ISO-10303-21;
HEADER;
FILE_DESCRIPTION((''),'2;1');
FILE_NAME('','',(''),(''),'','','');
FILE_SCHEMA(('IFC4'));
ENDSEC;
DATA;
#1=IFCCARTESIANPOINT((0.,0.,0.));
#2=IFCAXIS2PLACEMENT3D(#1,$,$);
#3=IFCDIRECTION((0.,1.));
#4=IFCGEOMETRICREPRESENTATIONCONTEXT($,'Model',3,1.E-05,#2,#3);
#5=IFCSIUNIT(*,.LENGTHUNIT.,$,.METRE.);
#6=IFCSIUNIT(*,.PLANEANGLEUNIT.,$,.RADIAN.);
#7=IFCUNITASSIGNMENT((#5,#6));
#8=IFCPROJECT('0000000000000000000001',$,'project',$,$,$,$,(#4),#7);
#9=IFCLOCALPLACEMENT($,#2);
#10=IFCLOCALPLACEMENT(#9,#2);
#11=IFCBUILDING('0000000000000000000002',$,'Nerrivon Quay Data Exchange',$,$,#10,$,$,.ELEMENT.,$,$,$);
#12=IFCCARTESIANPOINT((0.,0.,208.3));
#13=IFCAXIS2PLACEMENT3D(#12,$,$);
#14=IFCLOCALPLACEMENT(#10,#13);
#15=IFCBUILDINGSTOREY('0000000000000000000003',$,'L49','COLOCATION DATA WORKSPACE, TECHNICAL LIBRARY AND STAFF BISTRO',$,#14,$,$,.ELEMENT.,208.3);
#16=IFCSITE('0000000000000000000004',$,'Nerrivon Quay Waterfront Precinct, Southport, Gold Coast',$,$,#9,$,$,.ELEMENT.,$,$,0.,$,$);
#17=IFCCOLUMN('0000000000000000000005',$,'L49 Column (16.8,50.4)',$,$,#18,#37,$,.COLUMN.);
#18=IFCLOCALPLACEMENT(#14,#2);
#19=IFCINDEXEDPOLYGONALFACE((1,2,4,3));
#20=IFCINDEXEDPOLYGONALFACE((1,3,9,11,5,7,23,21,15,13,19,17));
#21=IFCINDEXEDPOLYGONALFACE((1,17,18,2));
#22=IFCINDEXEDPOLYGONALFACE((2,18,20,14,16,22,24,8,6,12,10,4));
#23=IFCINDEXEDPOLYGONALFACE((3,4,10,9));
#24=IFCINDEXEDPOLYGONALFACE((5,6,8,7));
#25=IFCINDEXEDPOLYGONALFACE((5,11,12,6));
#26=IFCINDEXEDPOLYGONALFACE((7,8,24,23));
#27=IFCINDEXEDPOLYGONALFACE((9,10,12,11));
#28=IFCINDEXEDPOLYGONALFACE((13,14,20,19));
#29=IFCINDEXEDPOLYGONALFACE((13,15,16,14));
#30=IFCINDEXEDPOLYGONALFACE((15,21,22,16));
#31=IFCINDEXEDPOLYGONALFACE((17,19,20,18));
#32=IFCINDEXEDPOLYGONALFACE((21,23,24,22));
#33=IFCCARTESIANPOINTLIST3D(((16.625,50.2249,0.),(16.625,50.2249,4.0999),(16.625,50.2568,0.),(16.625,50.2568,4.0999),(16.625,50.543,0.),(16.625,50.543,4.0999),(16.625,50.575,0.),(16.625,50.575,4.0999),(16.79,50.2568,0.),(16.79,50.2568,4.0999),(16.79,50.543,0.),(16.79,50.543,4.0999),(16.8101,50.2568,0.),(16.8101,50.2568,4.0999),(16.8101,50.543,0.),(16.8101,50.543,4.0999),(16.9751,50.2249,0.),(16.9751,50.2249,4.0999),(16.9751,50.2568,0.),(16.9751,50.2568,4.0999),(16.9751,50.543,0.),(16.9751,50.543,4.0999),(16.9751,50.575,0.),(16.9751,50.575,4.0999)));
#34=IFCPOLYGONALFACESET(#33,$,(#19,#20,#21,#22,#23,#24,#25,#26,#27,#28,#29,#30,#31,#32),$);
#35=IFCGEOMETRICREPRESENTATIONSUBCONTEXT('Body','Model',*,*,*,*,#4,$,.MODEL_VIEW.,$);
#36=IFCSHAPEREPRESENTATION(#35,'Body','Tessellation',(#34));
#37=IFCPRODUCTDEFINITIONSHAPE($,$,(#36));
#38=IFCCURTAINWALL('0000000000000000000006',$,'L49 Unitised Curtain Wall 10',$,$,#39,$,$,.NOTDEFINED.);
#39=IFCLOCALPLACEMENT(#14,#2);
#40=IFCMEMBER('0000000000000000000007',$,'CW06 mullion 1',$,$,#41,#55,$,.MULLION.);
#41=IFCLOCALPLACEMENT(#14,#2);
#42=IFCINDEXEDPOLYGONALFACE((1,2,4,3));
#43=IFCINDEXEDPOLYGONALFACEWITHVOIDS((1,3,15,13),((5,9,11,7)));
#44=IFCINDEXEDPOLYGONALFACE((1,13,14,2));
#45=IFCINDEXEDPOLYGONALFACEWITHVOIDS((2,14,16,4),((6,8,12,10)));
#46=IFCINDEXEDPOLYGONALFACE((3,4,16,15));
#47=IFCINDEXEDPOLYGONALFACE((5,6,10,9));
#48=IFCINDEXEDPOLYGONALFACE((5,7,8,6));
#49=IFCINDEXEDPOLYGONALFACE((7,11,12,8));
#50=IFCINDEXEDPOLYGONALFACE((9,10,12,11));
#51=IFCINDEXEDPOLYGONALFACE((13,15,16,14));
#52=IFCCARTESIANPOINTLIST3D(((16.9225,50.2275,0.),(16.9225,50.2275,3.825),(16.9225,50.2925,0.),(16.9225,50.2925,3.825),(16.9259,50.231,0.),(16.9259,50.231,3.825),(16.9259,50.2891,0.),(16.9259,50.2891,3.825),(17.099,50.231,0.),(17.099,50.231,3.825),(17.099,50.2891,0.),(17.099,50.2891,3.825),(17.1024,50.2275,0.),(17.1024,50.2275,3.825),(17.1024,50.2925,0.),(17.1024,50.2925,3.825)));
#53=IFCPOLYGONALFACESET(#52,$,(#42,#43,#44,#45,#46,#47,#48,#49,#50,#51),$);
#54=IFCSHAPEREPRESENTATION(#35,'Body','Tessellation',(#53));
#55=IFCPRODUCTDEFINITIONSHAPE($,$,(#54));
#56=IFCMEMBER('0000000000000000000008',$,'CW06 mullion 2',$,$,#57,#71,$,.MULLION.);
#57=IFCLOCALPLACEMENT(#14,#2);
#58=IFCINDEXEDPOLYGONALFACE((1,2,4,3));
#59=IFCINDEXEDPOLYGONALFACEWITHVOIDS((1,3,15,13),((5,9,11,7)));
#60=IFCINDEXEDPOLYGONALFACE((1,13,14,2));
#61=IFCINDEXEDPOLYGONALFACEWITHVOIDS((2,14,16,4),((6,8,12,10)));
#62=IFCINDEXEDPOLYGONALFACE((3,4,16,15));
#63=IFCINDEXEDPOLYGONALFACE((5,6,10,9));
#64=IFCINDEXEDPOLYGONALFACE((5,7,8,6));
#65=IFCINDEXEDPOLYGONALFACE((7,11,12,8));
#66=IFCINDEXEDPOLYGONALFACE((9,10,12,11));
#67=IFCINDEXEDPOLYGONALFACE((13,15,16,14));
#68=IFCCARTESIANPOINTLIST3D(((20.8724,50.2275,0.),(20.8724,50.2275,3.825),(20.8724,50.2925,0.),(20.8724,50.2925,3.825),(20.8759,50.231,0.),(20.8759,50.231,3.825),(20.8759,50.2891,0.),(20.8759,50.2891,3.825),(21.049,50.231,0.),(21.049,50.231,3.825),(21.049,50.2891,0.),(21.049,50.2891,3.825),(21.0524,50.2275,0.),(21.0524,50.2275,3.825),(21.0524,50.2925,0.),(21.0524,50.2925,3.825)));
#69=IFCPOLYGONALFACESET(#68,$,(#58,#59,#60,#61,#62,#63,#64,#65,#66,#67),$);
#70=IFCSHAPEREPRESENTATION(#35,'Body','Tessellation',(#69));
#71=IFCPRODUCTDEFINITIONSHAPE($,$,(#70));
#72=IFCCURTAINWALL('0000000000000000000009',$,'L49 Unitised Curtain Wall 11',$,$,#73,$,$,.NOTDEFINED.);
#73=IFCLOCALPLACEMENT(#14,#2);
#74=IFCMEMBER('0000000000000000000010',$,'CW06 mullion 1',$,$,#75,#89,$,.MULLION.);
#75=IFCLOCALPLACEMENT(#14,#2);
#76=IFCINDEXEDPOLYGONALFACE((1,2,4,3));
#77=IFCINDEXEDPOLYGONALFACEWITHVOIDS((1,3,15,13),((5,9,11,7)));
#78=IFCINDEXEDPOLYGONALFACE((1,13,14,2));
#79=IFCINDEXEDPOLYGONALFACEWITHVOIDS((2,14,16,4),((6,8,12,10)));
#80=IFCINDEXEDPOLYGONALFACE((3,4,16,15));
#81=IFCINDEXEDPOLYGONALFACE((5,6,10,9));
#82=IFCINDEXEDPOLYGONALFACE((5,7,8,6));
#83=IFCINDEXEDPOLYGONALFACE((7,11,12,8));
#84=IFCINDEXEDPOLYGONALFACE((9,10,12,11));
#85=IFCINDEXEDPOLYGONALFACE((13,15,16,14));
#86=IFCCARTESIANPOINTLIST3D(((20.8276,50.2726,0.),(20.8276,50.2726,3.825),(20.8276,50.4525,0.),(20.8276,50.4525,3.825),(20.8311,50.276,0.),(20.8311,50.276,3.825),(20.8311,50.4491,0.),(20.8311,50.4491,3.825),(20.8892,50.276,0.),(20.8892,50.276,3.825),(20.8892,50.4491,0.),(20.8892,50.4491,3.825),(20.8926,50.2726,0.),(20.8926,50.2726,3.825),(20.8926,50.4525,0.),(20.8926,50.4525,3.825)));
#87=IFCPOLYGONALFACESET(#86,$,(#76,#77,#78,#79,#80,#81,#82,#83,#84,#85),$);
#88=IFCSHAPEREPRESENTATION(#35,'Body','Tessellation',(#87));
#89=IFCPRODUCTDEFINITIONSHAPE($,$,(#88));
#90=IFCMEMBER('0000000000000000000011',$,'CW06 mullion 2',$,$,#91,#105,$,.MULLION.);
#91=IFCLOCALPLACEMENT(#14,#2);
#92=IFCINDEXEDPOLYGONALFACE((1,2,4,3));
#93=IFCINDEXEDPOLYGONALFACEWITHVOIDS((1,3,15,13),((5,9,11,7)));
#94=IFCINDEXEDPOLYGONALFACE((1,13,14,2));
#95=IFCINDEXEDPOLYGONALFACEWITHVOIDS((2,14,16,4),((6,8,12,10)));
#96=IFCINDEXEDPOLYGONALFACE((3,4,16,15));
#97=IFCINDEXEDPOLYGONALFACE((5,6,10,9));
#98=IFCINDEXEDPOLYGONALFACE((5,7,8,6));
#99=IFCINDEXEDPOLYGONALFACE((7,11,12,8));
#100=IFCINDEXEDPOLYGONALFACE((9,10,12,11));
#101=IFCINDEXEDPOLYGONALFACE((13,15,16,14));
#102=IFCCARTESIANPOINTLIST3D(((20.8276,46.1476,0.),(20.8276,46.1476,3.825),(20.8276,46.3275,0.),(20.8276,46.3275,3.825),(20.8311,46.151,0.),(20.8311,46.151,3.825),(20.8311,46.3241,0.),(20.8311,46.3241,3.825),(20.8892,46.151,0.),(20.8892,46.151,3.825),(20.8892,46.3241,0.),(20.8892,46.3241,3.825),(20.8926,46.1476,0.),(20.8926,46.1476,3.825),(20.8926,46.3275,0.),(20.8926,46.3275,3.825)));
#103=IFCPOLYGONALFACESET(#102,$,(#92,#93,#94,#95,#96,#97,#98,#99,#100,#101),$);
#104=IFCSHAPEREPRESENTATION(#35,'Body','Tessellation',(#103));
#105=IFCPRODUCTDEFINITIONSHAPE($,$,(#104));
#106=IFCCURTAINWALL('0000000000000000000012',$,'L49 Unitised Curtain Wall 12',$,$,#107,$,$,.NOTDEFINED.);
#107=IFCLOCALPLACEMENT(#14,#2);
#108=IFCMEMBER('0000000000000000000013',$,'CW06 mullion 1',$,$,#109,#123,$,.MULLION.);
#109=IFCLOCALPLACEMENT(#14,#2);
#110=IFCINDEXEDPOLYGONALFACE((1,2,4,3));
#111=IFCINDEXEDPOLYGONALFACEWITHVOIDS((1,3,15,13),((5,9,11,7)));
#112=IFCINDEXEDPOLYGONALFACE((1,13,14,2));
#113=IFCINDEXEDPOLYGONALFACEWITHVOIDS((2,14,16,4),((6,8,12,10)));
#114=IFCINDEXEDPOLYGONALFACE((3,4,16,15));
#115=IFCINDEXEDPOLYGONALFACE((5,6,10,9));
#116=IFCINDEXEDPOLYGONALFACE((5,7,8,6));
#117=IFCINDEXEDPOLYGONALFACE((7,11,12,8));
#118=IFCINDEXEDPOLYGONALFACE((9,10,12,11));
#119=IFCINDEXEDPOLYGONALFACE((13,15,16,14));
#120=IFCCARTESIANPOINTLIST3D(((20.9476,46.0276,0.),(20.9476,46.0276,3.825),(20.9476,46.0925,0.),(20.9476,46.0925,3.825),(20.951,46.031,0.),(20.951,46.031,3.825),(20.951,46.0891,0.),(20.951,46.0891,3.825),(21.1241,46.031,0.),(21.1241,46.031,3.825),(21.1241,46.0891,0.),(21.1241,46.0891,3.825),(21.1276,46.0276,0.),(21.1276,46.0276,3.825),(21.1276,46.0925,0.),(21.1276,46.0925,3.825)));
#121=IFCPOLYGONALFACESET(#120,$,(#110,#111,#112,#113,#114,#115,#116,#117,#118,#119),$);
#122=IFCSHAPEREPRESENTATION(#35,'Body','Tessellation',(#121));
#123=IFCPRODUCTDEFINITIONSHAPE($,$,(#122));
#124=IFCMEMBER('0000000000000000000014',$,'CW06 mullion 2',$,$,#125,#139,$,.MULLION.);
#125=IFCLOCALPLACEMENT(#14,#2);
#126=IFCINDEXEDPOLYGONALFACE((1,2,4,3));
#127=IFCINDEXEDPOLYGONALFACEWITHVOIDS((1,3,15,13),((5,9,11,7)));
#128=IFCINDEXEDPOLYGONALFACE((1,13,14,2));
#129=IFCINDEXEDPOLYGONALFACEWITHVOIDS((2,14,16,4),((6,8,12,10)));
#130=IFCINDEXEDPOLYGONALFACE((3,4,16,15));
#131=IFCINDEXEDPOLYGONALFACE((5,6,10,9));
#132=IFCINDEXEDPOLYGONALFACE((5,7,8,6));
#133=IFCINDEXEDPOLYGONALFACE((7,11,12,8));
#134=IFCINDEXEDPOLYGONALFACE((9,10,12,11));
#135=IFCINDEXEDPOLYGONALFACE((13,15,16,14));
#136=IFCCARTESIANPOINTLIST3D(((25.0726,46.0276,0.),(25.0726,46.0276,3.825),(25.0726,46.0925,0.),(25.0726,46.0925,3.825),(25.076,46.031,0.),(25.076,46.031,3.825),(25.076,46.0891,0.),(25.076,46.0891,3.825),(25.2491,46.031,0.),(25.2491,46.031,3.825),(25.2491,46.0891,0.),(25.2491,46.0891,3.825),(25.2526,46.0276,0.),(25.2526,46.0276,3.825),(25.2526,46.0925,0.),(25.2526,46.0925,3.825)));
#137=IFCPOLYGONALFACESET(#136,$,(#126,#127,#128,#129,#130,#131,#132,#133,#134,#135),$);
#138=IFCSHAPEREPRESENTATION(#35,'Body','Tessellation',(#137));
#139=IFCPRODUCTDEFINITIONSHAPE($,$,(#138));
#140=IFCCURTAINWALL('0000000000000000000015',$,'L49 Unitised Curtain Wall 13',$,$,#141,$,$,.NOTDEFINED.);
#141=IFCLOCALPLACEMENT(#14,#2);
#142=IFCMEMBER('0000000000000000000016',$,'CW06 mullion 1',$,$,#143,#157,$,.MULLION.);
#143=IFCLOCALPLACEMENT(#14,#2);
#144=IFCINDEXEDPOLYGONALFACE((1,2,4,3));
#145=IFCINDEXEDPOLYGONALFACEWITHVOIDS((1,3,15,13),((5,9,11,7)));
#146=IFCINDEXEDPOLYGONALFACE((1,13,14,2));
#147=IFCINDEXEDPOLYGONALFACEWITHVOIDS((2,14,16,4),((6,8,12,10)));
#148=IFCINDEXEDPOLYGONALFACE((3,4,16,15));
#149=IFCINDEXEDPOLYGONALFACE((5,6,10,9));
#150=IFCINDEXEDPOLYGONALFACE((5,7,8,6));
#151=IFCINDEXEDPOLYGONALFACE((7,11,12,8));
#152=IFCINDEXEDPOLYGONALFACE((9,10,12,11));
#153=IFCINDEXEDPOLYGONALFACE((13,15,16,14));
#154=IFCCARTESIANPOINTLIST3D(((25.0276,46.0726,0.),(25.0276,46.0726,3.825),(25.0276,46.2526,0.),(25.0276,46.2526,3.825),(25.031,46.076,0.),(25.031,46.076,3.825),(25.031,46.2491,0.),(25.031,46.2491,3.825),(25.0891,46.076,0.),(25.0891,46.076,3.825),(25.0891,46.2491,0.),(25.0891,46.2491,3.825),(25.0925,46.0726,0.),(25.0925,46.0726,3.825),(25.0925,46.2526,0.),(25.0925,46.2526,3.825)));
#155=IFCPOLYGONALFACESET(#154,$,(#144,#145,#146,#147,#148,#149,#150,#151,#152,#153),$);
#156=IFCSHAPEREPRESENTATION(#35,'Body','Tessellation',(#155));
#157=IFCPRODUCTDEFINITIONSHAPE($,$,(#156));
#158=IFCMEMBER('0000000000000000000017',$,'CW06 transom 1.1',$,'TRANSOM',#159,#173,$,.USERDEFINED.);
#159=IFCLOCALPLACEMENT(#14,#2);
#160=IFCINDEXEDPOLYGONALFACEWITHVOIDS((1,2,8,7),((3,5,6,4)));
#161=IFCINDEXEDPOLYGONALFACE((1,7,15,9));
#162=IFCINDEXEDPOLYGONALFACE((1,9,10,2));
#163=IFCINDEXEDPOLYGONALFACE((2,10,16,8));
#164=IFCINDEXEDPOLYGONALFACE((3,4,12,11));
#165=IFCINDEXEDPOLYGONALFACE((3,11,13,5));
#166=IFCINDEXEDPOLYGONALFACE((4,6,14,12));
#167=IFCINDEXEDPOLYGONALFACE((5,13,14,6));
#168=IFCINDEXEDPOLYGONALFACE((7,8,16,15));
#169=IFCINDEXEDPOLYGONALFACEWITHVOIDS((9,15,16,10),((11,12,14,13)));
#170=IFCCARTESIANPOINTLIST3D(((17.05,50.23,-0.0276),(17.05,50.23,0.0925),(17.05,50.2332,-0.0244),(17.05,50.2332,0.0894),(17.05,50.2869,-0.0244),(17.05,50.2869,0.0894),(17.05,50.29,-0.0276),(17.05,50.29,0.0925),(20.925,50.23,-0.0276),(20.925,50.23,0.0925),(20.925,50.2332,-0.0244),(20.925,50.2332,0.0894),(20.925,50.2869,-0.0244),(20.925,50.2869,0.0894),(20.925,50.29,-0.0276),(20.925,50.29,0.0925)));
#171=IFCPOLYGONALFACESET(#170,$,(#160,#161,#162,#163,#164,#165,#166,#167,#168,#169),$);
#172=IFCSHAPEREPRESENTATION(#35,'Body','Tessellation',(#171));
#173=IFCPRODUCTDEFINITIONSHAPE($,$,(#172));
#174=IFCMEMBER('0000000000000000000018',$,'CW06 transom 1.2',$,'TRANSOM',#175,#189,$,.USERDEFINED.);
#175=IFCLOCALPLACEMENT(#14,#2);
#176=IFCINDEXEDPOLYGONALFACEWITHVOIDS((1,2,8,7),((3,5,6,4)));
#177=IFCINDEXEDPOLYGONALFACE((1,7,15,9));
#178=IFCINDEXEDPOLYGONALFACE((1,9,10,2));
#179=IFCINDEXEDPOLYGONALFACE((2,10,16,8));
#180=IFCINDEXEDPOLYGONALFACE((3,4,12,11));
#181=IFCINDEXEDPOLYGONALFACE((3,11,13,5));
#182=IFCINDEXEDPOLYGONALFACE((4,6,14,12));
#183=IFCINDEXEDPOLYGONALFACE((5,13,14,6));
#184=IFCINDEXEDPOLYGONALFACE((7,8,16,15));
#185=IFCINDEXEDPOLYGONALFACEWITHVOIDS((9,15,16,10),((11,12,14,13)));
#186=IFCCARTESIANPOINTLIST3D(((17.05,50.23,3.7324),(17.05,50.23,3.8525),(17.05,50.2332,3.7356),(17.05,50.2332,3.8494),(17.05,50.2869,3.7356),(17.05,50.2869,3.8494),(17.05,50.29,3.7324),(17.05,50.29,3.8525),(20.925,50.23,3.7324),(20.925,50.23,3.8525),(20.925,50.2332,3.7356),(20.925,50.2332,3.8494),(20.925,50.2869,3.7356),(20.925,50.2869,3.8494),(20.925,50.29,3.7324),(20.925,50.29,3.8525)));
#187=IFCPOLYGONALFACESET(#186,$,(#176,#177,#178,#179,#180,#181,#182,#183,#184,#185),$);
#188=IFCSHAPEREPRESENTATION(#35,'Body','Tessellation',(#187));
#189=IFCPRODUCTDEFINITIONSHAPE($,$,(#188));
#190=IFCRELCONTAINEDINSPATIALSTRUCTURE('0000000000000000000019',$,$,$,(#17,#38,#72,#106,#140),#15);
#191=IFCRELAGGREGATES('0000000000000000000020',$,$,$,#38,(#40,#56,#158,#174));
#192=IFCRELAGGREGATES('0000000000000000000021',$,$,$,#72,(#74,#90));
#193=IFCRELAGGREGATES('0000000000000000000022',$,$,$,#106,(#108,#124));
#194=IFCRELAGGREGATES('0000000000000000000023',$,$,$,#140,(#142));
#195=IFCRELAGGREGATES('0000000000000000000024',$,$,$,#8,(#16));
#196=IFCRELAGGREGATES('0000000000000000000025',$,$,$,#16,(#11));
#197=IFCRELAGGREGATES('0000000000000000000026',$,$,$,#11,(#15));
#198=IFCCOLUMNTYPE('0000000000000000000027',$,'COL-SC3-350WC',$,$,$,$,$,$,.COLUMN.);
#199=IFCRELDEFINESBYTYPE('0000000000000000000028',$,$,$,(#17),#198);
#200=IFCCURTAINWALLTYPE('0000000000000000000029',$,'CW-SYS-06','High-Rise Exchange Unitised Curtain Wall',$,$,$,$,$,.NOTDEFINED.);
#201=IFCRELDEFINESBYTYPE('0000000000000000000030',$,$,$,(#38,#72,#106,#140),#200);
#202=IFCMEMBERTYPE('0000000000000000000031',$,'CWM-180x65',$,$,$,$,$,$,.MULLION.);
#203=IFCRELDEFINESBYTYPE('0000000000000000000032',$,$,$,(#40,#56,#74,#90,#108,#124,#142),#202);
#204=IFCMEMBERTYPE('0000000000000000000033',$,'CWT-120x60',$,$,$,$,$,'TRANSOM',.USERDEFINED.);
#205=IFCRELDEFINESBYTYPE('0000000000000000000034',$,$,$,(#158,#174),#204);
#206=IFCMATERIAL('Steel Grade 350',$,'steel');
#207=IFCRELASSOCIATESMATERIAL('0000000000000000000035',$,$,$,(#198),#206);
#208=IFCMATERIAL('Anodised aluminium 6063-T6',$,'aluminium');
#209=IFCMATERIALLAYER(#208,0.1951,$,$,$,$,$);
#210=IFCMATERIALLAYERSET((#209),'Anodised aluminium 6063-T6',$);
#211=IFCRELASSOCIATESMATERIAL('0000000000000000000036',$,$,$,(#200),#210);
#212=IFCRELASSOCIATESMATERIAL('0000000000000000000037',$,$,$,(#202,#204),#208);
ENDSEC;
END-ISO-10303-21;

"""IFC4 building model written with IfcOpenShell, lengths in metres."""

from ifc_helpers import new_model, si_unit, direction, frame, origin, origin_2d, place, context, subcontext, project, spatial, hollow_rectangle, i_section, extrude, material, layer, layer_set, material_profile, profile_set, type_object, element, aggregate, save


model = new_model("IFC4")

# Units and contexts
model_context = context("Model", 3, precision=1e-05, world=origin(), true_north=direction((0.0, 1.0)))
body_context = subcontext(model_context, "Body", "Model", "MODEL_VIEW")
ifc_project = project(units=[si_unit("LENGTHUNIT", "METRE"), si_unit("PLANEANGLEUNIT", "RADIAN")], contexts=[model_context])

# Site, building, storey
site_placement = place(None, origin())
site = spatial("IfcSite", under=ifc_project, at=site_placement, Name="Nerrivon Quay Waterfront Precinct, Southport, Gold Coast", CompositionType="ELEMENT", RefElevation=0.0)
building_placement = place(site_placement, origin())
building = spatial("IfcBuilding", under=site, at=building_placement, Name="Nerrivon Quay Data Exchange", CompositionType="ELEMENT")
storey_placement = place(building_placement, frame((0.0, 0.0, 208.3)))
storey = spatial("IfcBuildingStorey", under=building, at=storey_placement, Name="L49", Description="COLOCATION DATA WORKSPACE, TECHNICAL LIBRARY AND STAFF BISTRO", CompositionType="ELEMENT", Elevation=208.3)

# Column
ifc_material_1 = material(Name="Steel Grade 350", Category="steel")
ifc_material_profile_1 = material_profile(ifc_material_1, i_section(OverallWidth=0.3501, OverallDepth=0.3501, WebThickness=0.02, FlangeThickness=0.032, at=origin_2d()), Name="350WC230")
ifc_profile_set_1 = profile_set([ifc_material_profile_1], Name="Steel Grade 350")
column_type = type_object("IfcColumnType", Name="COL-SC3-350WC", PredefinedType="COLUMN", material=ifc_profile_set_1)
column_placement = place(storey_placement, frame((16.8, 50.3999, 0.0), z_axis=(0.0, 0.0, 1.0), x_axis=(1.0, 0.0, 0.0)))
element("IfcColumn", 1, at=column_placement, inside=storey, type_object=column_type, Name="L49 Column (16.8,50.4)", PredefinedType="COLUMN", context=body_context, shape_type="SweptSolid", body=[
    extrude(i_section(OverallWidth=0.3501, OverallDepth=0.3501, WebThickness=0.02, FlangeThickness=0.032, at=origin_2d()), origin(), (0.0, 0.0, 1.0), 4.0999),
])

# Curtain walls, members
ifc_material_2 = material(Name="Anodised aluminium 6063-T6", Category="aluminium")
ifc_layer_1 = layer(ifc_material_2, 0.1951)
ifc_layer_set_1 = layer_set([ifc_layer_1], Name="Anodised aluminium 6063-T6")
curtain_wall_type = type_object("IfcCurtainWallType", Name="CW-SYS-06", Description="High-Rise Exchange Unitised Curtain Wall", PredefinedType="NOTDEFINED", material=ifc_layer_set_1)
curtain_wall_1_placement = place(storey_placement, origin())
curtain_wall_1 = element("IfcCurtainWall", 2, at=curtain_wall_1_placement, inside=storey, type_object=curtain_wall_type, Name="L49 Unitised Curtain Wall 10", PredefinedType="NOTDEFINED")
ifc_material_profile_2 = material_profile(ifc_material_2, hollow_rectangle(XDim=0.0649, YDim=0.1799, WallThickness=0.0034, at=origin_2d()), Name="ALU-MULL-180x65")
ifc_profile_set_2 = profile_set([ifc_material_profile_2], Name="Anodised aluminium 6063-T6")
member_type_1 = type_object("IfcMemberType", Name="CWM-180x65", PredefinedType="MULLION", material=ifc_profile_set_2)
member_1_placement = place(storey_placement, frame((17.0125, 50.26, 0.0), z_axis=(0.0, 0.0, 1.0), x_axis=(0.0, 1.0, 0.0)))
member_1 = element("IfcMember", 3, at=member_1_placement, type_object=member_type_1, Name="CW06 mullion 1", PredefinedType="MULLION", context=body_context, shape_type="SweptSolid", body=[
    extrude(hollow_rectangle(XDim=0.0649, YDim=0.1799, WallThickness=0.0034, at=origin_2d()), origin(), (0.0, 0.0, 1.0), 3.825),
])
member_2_placement = place(storey_placement, frame((20.9624, 50.26, 0.0), z_axis=(0.0, 0.0, 1.0), x_axis=(0.0, 1.0, 0.0)))
member_2 = element("IfcMember", 4, at=member_2_placement, type_object=member_type_1, Name="CW06 mullion 2", PredefinedType="MULLION", context=body_context, shape_type="SweptSolid", body=[
    extrude(hollow_rectangle(XDim=0.0649, YDim=0.1799, WallThickness=0.0034, at=origin_2d()), origin(), (0.0, 0.0, 1.0), 3.825),
])
curtain_wall_2_placement = place(storey_placement, origin())
curtain_wall_2 = element("IfcCurtainWall", 5, at=curtain_wall_2_placement, inside=storey, type_object=curtain_wall_type, Name="L49 Unitised Curtain Wall 11", PredefinedType="NOTDEFINED")
member_3_placement = place(storey_placement, frame((20.8601, 50.3625, 0.0), z_axis=(0.0, 0.0, 1.0), x_axis=(1.0, 0.0, 0.0)))
member_3 = element("IfcMember", 6, at=member_3_placement, type_object=member_type_1, Name="CW06 mullion 1", PredefinedType="MULLION", context=body_context, shape_type="SweptSolid", body=[
    extrude(hollow_rectangle(XDim=0.0649, YDim=0.1799, WallThickness=0.0034, at=origin_2d()), origin(), (0.0, 0.0, 1.0), 3.825),
])
member_4_placement = place(storey_placement, frame((20.8601, 46.2375, 0.0), z_axis=(0.0, 0.0, 1.0), x_axis=(1.0, 0.0, 0.0)))
member_4 = element("IfcMember", 7, at=member_4_placement, type_object=member_type_1, Name="CW06 mullion 2", PredefinedType="MULLION", context=body_context, shape_type="SweptSolid", body=[
    extrude(hollow_rectangle(XDim=0.0649, YDim=0.1799, WallThickness=0.0034, at=origin_2d()), origin(), (0.0, 0.0, 1.0), 3.825),
])
curtain_wall_3_placement = place(storey_placement, origin())
curtain_wall_3 = element("IfcCurtainWall", 8, at=curtain_wall_3_placement, inside=storey, type_object=curtain_wall_type, Name="L49 Unitised Curtain Wall 12", PredefinedType="NOTDEFINED")
member_5_placement = place(storey_placement, frame((21.0376, 46.0601, 0.0), z_axis=(0.0, 0.0, 1.0), x_axis=(0.0, 1.0, 0.0)))
member_5 = element("IfcMember", 9, at=member_5_placement, type_object=member_type_1, Name="CW06 mullion 1", PredefinedType="MULLION", context=body_context, shape_type="SweptSolid", body=[
    extrude(hollow_rectangle(XDim=0.0649, YDim=0.1799, WallThickness=0.0034, at=origin_2d()), origin(), (0.0, 0.0, 1.0), 3.825),
])
member_6_placement = place(storey_placement, frame((25.1626, 46.0601, 0.0), z_axis=(0.0, 0.0, 1.0), x_axis=(0.0, 1.0, 0.0)))
member_6 = element("IfcMember", 10, at=member_6_placement, type_object=member_type_1, Name="CW06 mullion 2", PredefinedType="MULLION", context=body_context, shape_type="SweptSolid", body=[
    extrude(hollow_rectangle(XDim=0.0649, YDim=0.1799, WallThickness=0.0034, at=origin_2d()), origin(), (0.0, 0.0, 1.0), 3.825),
])

# Curtain wall, member
curtain_wall_4_placement = place(storey_placement, origin())
curtain_wall_4 = element("IfcCurtainWall", 11, at=curtain_wall_4_placement, inside=storey, type_object=curtain_wall_type, Name="L49 Unitised Curtain Wall 13", PredefinedType="NOTDEFINED")
member_7_placement = place(storey_placement, frame((25.0601, 46.1626, 0.0), z_axis=(0.0, 0.0, 1.0), x_axis=(1.0, 0.0, 0.0)))
member_7 = element("IfcMember", 12, at=member_7_placement, type_object=member_type_1, Name="CW06 mullion 1", PredefinedType="MULLION", context=body_context, shape_type="SweptSolid", body=[
    extrude(hollow_rectangle(XDim=0.0649, YDim=0.1799, WallThickness=0.0034, at=origin_2d()), origin(), (0.0, 0.0, 1.0), 3.825),
])

# Members
ifc_material_profile_3 = material_profile(ifc_material_2, hollow_rectangle(XDim=0.0601, YDim=0.1201, WallThickness=0.0032, at=origin_2d()), Name="ALU-TRAN-120x60")
ifc_profile_set_3 = profile_set([ifc_material_profile_3], Name="Anodised aluminium 6063-T6")
member_type_2 = type_object("IfcMemberType", Name="CWT-120x60", ElementType="TRANSOM", PredefinedType="USERDEFINED", material=ifc_profile_set_3)
member_8_placement = place(storey_placement, frame((17.05, 50.26, 0.0325), z_axis=(1.0, 0.0, 0.0), x_axis=(0.0, 1.0, 0.0)))
member_8 = element("IfcMember", 13, at=member_8_placement, type_object=member_type_2, Name="CW06 transom 1.1", ObjectType="TRANSOM", PredefinedType="USERDEFINED", context=body_context, shape_type="SweptSolid", body=[
    extrude(hollow_rectangle(XDim=0.0601, YDim=0.1201, WallThickness=0.0032, at=origin_2d()), origin(), (0.0, 0.0, 1.0), 3.875),
])
member_9_placement = place(storey_placement, frame((17.05, 50.26, 3.7925), z_axis=(1.0, 0.0, 0.0), x_axis=(0.0, 1.0, 0.0)))
member_9 = element("IfcMember", 14, at=member_9_placement, type_object=member_type_2, Name="CW06 transom 1.2", ObjectType="TRANSOM", PredefinedType="USERDEFINED", context=body_context, shape_type="SweptSolid", body=[
    extrude(hollow_rectangle(XDim=0.0601, YDim=0.1201, WallThickness=0.0032, at=origin_2d()), origin(), (0.0, 0.0, 1.0), 3.875),
])

aggregate(curtain_wall_1, [member_1, member_2, member_8, member_9])
aggregate(curtain_wall_2, [member_3, member_4])
aggregate(curtain_wall_3, [member_5, member_6])
aggregate(curtain_wall_4, [member_7])

save(model, "model.ifc")
